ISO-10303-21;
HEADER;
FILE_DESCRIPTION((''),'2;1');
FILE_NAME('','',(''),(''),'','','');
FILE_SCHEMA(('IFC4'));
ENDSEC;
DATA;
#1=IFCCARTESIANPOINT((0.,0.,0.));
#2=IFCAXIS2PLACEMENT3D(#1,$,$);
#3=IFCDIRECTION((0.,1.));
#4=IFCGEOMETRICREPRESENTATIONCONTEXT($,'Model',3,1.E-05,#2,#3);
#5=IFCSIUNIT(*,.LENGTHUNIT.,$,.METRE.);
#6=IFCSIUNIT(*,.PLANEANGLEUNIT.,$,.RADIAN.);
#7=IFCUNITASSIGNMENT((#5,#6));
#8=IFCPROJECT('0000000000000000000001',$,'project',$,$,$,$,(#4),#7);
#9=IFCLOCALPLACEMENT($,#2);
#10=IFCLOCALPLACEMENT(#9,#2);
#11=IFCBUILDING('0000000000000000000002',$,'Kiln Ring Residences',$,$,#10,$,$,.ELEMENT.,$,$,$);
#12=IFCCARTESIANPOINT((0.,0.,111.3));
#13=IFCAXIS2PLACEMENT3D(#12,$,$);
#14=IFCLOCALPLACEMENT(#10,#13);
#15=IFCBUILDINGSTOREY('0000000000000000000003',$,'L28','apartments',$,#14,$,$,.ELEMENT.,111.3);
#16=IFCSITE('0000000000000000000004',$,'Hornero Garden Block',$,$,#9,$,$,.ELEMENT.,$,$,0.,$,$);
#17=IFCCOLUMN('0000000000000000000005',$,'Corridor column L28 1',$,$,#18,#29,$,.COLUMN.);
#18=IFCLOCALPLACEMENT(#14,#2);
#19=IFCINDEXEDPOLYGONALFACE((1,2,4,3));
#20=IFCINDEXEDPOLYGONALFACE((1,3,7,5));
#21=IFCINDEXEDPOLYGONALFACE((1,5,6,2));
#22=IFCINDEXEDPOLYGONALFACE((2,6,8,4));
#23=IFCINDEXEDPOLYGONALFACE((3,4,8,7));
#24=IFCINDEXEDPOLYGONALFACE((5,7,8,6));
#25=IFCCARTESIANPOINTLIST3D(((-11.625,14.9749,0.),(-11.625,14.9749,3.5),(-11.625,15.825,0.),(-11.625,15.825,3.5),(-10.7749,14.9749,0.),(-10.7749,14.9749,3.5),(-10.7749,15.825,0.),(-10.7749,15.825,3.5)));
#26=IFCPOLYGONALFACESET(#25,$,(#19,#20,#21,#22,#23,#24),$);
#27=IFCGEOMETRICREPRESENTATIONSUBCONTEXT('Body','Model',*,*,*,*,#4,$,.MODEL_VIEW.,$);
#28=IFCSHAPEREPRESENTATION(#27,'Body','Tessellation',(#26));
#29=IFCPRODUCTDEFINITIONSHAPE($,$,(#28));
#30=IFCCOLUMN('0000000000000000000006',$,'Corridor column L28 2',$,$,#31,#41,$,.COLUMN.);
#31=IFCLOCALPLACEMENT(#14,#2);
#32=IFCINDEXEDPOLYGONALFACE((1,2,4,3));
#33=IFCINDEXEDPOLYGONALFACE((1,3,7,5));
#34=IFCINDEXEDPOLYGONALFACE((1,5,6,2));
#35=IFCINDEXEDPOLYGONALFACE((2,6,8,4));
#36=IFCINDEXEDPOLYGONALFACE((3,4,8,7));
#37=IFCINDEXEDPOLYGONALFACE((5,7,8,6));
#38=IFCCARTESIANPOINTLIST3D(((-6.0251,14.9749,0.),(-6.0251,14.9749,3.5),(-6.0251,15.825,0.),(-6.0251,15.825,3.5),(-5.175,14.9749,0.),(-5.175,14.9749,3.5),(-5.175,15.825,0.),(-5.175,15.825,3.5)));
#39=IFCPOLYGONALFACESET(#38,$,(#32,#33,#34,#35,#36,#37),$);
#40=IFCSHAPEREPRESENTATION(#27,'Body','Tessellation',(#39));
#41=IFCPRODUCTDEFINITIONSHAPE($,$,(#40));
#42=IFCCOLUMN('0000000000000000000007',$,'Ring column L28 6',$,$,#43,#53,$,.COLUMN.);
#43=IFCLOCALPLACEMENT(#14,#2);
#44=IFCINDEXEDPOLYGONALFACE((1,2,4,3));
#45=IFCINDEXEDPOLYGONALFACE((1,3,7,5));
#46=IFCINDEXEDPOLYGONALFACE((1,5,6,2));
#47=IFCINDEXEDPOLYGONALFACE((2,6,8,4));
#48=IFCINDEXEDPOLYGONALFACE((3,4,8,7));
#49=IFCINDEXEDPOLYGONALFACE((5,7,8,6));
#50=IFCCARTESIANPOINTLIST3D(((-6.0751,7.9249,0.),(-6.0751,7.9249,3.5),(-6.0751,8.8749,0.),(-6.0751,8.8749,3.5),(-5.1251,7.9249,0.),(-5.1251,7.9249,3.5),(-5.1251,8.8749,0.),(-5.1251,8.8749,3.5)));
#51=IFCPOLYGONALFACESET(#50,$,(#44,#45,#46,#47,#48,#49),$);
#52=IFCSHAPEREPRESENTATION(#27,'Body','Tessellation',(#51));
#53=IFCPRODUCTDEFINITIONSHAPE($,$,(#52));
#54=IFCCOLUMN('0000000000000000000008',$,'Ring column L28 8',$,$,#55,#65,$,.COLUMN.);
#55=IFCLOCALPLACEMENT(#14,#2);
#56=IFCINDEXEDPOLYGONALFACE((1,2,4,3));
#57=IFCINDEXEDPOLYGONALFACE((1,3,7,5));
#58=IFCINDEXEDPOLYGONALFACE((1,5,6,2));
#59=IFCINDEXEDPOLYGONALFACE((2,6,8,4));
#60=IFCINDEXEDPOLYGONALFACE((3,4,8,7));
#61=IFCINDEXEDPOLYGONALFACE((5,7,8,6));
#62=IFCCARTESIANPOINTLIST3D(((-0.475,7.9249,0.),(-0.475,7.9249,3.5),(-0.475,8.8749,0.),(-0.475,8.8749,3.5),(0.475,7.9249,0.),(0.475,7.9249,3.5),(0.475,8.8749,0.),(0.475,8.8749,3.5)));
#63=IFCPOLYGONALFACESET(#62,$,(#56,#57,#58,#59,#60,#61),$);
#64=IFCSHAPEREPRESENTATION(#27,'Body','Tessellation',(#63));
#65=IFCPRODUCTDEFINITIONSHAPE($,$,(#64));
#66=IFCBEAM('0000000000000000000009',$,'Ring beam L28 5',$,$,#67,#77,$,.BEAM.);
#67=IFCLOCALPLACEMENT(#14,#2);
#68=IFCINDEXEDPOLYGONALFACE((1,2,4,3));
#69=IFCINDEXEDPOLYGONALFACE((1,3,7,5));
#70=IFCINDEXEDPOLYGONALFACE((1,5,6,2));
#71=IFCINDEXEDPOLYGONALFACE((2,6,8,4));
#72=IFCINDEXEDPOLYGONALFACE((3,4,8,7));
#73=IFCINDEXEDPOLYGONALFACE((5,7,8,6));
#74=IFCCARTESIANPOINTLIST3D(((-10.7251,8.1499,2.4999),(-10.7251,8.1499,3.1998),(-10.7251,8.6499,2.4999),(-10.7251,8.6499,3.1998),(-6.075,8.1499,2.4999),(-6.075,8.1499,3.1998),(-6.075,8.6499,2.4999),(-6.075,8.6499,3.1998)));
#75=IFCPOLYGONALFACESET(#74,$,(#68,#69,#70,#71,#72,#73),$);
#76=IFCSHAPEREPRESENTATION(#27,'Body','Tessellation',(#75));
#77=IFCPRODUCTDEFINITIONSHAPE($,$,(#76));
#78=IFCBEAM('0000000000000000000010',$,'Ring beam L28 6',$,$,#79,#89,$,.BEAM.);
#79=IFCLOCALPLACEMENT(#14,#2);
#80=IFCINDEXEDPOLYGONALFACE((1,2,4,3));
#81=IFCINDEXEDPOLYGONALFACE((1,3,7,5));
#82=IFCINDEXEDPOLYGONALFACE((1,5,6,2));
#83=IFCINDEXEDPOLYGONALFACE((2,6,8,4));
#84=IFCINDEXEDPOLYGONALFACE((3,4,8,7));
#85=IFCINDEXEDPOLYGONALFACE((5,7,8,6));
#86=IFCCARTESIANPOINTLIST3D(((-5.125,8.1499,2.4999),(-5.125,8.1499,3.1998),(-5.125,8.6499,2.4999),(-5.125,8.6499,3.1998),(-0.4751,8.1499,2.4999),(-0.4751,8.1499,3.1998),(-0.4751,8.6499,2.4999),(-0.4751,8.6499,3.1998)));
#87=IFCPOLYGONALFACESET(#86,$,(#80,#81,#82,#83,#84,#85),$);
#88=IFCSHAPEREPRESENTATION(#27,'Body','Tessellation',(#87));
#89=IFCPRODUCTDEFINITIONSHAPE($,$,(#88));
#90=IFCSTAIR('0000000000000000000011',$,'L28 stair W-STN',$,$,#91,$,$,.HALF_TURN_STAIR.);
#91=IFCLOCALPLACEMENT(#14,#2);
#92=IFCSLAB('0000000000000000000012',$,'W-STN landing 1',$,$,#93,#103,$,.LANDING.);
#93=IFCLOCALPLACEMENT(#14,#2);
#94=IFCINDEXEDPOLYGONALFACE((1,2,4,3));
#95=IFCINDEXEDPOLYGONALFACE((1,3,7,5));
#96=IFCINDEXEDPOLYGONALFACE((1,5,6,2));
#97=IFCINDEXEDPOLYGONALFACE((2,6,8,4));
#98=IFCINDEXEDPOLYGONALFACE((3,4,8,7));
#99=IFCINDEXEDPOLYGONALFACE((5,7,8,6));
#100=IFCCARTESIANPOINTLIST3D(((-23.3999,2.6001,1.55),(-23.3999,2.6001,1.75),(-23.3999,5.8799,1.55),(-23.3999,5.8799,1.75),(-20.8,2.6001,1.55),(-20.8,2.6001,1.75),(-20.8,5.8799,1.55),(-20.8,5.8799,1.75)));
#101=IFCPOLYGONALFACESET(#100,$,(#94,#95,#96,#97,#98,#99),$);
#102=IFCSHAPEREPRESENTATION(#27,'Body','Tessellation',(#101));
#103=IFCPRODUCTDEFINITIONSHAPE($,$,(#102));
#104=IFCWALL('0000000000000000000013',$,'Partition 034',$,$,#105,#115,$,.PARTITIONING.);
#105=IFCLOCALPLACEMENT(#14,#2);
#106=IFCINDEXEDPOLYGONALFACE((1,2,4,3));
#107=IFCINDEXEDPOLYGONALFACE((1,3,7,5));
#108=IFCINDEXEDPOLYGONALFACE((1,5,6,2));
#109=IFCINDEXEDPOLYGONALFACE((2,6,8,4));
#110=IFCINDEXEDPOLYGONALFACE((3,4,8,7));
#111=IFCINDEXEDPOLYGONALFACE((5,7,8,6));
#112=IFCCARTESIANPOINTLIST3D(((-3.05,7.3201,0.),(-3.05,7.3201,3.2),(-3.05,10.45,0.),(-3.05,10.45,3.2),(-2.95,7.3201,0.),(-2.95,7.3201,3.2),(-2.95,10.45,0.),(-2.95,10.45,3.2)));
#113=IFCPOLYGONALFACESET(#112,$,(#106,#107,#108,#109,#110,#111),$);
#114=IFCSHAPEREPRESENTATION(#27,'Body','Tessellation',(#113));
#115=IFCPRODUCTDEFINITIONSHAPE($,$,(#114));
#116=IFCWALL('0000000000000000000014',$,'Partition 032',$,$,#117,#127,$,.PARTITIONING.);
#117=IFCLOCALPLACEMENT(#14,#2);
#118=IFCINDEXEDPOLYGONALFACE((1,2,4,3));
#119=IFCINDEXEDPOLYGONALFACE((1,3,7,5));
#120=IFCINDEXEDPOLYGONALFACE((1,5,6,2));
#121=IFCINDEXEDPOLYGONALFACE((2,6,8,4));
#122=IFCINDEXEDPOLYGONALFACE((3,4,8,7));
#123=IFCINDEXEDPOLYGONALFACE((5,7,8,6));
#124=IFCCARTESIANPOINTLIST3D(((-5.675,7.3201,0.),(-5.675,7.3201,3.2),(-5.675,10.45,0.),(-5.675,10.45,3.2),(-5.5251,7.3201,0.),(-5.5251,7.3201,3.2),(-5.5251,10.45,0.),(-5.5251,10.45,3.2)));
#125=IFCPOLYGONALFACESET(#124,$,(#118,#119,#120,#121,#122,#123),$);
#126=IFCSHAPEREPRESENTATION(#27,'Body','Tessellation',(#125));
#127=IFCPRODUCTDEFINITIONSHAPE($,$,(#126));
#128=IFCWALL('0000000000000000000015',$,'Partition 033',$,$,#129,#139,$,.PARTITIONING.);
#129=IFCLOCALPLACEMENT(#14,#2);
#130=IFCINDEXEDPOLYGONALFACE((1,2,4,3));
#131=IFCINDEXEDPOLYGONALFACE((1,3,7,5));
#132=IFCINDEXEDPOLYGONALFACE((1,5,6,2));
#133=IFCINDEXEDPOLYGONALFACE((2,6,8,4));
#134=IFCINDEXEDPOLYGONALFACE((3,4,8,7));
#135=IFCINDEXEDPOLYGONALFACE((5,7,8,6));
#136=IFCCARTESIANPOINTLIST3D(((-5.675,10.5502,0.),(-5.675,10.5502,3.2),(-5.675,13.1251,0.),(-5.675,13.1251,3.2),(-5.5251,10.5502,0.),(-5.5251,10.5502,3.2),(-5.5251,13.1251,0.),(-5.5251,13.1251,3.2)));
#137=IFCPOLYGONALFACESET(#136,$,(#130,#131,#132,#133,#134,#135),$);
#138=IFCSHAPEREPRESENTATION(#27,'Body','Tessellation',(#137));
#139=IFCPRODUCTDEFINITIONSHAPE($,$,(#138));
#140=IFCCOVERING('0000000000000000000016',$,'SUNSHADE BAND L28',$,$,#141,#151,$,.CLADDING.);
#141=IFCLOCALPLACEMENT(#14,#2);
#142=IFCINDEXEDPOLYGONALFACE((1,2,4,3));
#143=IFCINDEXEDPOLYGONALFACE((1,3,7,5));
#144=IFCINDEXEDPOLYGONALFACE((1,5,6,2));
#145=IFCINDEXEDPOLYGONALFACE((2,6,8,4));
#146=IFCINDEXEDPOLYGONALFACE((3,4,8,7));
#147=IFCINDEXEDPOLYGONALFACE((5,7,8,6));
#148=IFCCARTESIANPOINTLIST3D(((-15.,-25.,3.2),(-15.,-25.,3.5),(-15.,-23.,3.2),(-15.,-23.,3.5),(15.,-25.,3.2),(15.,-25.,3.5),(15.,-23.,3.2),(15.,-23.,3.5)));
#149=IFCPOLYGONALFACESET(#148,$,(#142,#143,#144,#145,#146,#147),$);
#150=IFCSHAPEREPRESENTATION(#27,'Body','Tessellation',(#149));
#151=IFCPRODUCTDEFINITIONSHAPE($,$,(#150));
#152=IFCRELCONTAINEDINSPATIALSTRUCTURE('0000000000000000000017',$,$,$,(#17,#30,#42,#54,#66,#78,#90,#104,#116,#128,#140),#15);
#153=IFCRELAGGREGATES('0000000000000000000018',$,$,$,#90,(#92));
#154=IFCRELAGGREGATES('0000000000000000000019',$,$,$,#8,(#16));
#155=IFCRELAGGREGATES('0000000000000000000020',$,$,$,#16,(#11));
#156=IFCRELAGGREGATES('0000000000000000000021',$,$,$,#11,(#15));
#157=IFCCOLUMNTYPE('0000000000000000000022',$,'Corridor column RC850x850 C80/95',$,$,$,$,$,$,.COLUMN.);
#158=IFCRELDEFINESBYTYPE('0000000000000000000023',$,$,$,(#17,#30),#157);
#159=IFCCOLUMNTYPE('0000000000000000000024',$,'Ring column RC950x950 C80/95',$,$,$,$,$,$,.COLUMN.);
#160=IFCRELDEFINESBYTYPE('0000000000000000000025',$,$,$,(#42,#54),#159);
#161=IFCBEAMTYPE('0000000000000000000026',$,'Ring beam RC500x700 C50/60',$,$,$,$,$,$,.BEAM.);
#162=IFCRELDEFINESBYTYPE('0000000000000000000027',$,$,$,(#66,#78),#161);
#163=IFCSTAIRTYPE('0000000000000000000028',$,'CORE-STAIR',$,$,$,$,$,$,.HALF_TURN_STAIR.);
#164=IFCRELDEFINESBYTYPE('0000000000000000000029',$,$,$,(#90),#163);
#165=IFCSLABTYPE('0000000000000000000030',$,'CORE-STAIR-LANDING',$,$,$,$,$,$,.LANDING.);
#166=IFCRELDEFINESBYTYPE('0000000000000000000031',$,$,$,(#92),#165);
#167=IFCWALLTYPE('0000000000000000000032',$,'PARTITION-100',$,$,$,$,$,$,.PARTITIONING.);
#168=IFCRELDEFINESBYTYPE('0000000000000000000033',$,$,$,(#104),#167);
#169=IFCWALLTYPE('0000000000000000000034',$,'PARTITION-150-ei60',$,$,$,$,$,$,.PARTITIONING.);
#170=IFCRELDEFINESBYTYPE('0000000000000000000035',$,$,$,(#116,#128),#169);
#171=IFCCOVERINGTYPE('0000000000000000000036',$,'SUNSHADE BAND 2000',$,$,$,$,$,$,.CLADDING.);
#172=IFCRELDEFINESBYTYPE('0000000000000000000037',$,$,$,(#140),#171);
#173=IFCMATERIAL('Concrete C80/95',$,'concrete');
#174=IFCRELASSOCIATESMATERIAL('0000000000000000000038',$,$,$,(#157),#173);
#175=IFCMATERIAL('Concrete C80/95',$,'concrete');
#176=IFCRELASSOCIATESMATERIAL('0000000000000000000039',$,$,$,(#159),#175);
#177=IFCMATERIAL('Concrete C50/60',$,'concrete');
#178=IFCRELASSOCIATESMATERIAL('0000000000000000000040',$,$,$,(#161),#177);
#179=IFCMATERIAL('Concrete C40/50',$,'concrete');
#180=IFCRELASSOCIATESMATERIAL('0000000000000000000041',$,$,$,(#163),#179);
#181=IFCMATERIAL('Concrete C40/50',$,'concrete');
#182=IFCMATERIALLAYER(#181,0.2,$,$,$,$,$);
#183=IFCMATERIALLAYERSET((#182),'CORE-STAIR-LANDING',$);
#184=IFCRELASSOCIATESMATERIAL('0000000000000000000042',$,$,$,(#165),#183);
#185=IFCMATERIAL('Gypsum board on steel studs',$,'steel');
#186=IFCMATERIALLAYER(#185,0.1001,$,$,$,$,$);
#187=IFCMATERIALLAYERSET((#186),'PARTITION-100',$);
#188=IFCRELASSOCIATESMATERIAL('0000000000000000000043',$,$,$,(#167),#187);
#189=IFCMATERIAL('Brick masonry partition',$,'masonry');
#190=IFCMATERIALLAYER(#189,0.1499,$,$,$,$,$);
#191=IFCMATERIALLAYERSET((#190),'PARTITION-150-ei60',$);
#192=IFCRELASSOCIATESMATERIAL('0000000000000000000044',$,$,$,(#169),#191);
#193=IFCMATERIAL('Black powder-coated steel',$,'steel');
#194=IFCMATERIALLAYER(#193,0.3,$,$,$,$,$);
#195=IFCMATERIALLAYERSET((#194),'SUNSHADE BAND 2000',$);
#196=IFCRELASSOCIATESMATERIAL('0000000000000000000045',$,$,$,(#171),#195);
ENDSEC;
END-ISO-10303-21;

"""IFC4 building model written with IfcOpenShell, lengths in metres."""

from ifc_helpers import new_model, si_unit, direction, frame, frame_2d, origin, origin_2d, place, context, subcontext, project, spatial, polyline, rectangle, outline, extrude, material, layer, layer_set, material_profile, profile_set, type_object, element, aggregate, save


model = new_model("IFC4")

# Units and contexts
model_context = context("Model", 3, precision=1e-05, world=origin(), true_north=direction((0.0, 1.0)))
body_context = subcontext(model_context, "Body", "Model", "MODEL_VIEW")
ifc_project = project(units=[si_unit("LENGTHUNIT", "METRE"), si_unit("PLANEANGLEUNIT", "RADIAN")], contexts=[model_context])

# Site, building, storey
site_placement = place(None, origin())
site = spatial("IfcSite", under=ifc_project, at=site_placement, Name="Hornero Garden Block", CompositionType="ELEMENT", RefElevation=0.0)
building_placement = place(site_placement, origin())
building = spatial("IfcBuilding", under=site, at=building_placement, Name="Kiln Ring Residences", CompositionType="ELEMENT")
storey_placement = place(building_placement, frame((0.0, 0.0, 111.3)))
storey = spatial("IfcBuildingStorey", under=building, at=storey_placement, Name="L28", Description="apartments", CompositionType="ELEMENT", Elevation=111.3)

# Columns
ifc_material_1 = material(Name="Concrete C80/95", Category="concrete")
ifc_material_profile_1 = material_profile(ifc_material_1, rectangle(XDim=0.8501, YDim=0.8501, at=origin_2d()), Name="RC850x850")
ifc_profile_set_1 = profile_set([ifc_material_profile_1], Name="Concrete C80/95")
column_type_1 = type_object("IfcColumnType", Name="Corridor column RC850x850 C80/95", PredefinedType="COLUMN", material=ifc_profile_set_1)
for number, where, z_axis, x_axis, name in (
    (1, (-11.2, 15.3999, 0.0), (0.0, 0.0, 1.0), (1.0, 0.0, 0.0), "Corridor column L28 1"),
    (2, (-5.6001, 15.3999, 0.0), (0.0, 0.0, 1.0), (1.0, 0.0, 0.0), "Corridor column L28 2"),
):
    element("IfcColumn", number, at=place(storey_placement, frame(where, z_axis=z_axis, x_axis=x_axis)), inside=storey, type_object=column_type_1, Name=name, PredefinedType="COLUMN", context=body_context, shape_type="SweptSolid", body=[
        extrude(rectangle(XDim=0.8501, YDim=0.8501, at=origin_2d()), origin(), (0.0, 0.0, 1.0), 3.5),
    ])
ifc_material_2 = material(Name="Concrete C80/95", Category="concrete")
ifc_material_profile_2 = material_profile(ifc_material_2, rectangle(XDim=0.95, YDim=0.95, at=origin_2d()), Name="RC950x950")
ifc_profile_set_2 = profile_set([ifc_material_profile_2], Name="Concrete C80/95")
column_type_2 = type_object("IfcColumnType", Name="Ring column RC950x950 C80/95", PredefinedType="COLUMN", material=ifc_profile_set_2)
for number, where, z_axis, x_axis, name in (
    (3, (-5.6001, 8.3999, 0.0), (0.0, 0.0, 1.0), (1.0, 0.0, 0.0), "Ring column L28 6"),
    (4, (0.0, 8.3999, 0.0), (0.0, 0.0, 1.0), (1.0, 0.0, 0.0), "Ring column L28 8"),
):
    element("IfcColumn", number, at=place(storey_placement, frame(where, z_axis=z_axis, x_axis=x_axis)), inside=storey, type_object=column_type_2, Name=name, PredefinedType="COLUMN", context=body_context, shape_type="SweptSolid", body=[
        extrude(rectangle(XDim=0.95, YDim=0.95, at=origin_2d()), origin(), (0.0, 0.0, 1.0), 3.5),
    ])

# Beams
ifc_material_3 = material(Name="Concrete C50/60", Category="concrete")
ifc_material_profile_3 = material_profile(ifc_material_3, rectangle(XDim=0.5, YDim=0.7, at=origin_2d()), Name="RC500x700")
ifc_profile_set_3 = profile_set([ifc_material_profile_3], Name="Concrete C50/60")
beam_type = type_object("IfcBeamType", Name="Ring beam RC500x700 C50/60", PredefinedType="BEAM", material=ifc_profile_set_3)
beam_1_placement = place(storey_placement, frame((-10.7251, 8.3999, 2.8499), z_axis=(1.0, 0.0, 0.0), x_axis=(0.0, 1.0, 0.0)))
element("IfcBeam", 5, at=beam_1_placement, inside=storey, type_object=beam_type, Name="Ring beam L28 5", PredefinedType="BEAM", context=body_context, shape_type="SweptSolid", body=[
    extrude(rectangle(XDim=0.5, YDim=0.7, at=origin_2d()), origin(), (0.0, 0.0, 1.0), 4.6501),
])
beam_2_placement = place(storey_placement, frame((-5.125, 8.3999, 2.8499), z_axis=(1.0, 0.0, 0.0), x_axis=(0.0, 1.0, 0.0)))
element("IfcBeam", 6, at=beam_2_placement, inside=storey, type_object=beam_type, Name="Ring beam L28 6", PredefinedType="BEAM", context=body_context, shape_type="SweptSolid", body=[
    extrude(rectangle(XDim=0.5, YDim=0.7, at=origin_2d()), origin(), (0.0, 0.0, 1.0), 4.6499),
])

# Stair, slab
ifc_material_4 = material(Name="Concrete C40/50", Category="concrete")
stair_type = type_object("IfcStairType", Name="CORE-STAIR", PredefinedType="HALF_TURN_STAIR", material=ifc_material_4)
stair_placement = place(storey_placement, origin())
stair = element("IfcStair", 7, at=stair_placement, inside=storey, type_object=stair_type, Name="L28 stair W-STN", PredefinedType="HALF_TURN_STAIR")
ifc_material_5 = material(Name="Concrete C40/50", Category="concrete")
ifc_layer_1 = layer(ifc_material_5, 0.2)
ifc_layer_set_1 = layer_set([ifc_layer_1], Name="CORE-STAIR-LANDING")
slab_type = type_object("IfcSlabType", Name="CORE-STAIR-LANDING", PredefinedType="LANDING", material=ifc_layer_set_1)
slab_placement = place(storey_placement, frame((0.0, 0.0, 1.55)))
slab = element("IfcSlab", 8, at=slab_placement, type_object=slab_type, Name="W-STN landing 1", PredefinedType="LANDING", context=body_context, shape_type="SweptSolid", body=[
    extrude(outline(polyline([(-23.3999, 5.8799), (-23.3999, 2.6001), (-20.8, 2.6001), (-20.8, 5.8799), (-23.3999, 5.8799)])), origin(), (0.0, 0.0, 1.0), 0.2),
])
aggregate(stair, [slab])

# Walls
ifc_material_6 = material(Name="Gypsum board on steel studs", Category="steel")
ifc_layer_2 = layer(ifc_material_6, 0.1001)
ifc_layer_set_2 = layer_set([ifc_layer_2], Name="PARTITION-100")
wall_type_1 = type_object("IfcWallType", Name="PARTITION-100", PredefinedType="PARTITIONING", material=ifc_layer_set_2)
wall_1_placement = place(storey_placement, frame((-3.0, 7.3201, 0.0), z_axis=(0.0, 0.0, 1.0), x_axis=(0.0, 1.0, 0.0)))
element("IfcWall", 9, at=wall_1_placement, inside=storey, type_object=wall_type_1, Name="Partition 034", PredefinedType="PARTITIONING", context=body_context, shape_type="SweptSolid", body=[
    extrude(rectangle(XDim=3.1299, YDim=0.1001, at=frame_2d((1.5649, 0.0))), origin(), (0.0, 0.0, 1.0), 3.2),
])
ifc_material_7 = material(Name="Brick masonry partition", Category="masonry")
ifc_layer_3 = layer(ifc_material_7, 0.1499)
ifc_layer_set_3 = layer_set([ifc_layer_3], Name="PARTITION-150-ei60")
wall_type_2 = type_object("IfcWallType", Name="PARTITION-150-ei60", PredefinedType="PARTITIONING", material=ifc_layer_set_3)
wall_2_placement = place(storey_placement, frame((-5.6001, 7.3201, 0.0), z_axis=(0.0, 0.0, 1.0), x_axis=(0.0, 1.0, 0.0)))
element("IfcWall", 10, at=wall_2_placement, inside=storey, type_object=wall_type_2, Name="Partition 032", PredefinedType="PARTITIONING", context=body_context, shape_type="SweptSolid", body=[
    extrude(rectangle(XDim=3.1299, YDim=0.1499, at=frame_2d((1.5649, 0.0))), origin(), (0.0, 0.0, 1.0), 3.2),
])
wall_3_placement = place(storey_placement, frame((-5.6001, 10.55, 0.0), z_axis=(0.0, 0.0, 1.0), x_axis=(0.0, 1.0, 0.0)))
element("IfcWall", 11, at=wall_3_placement, inside=storey, type_object=wall_type_2, Name="Partition 033", PredefinedType="PARTITIONING", context=body_context, shape_type="SweptSolid", body=[
    extrude(rectangle(XDim=2.575, YDim=0.1499, at=frame_2d((1.2876, 0.0))), origin(), (0.0, 0.0, 1.0), 3.2),
])

# Covering
ifc_material_8 = material(Name="Black powder-coated steel", Category="steel")
ifc_layer_4 = layer(ifc_material_8, 0.3)
ifc_layer_set_4 = layer_set([ifc_layer_4], Name="SUNSHADE BAND 2000")
covering_type = type_object("IfcCoveringType", Name="SUNSHADE BAND 2000", PredefinedType="CLADDING", material=ifc_layer_set_4)
covering_placement = place(storey_placement, frame((0.0, 0.0, 3.2)))
element("IfcCovering", 12, at=covering_placement, inside=storey, type_object=covering_type, Name="SUNSHADE BAND L28", PredefinedType="CLADDING", context=body_context, shape_type="SweptSolid", body=[
    extrude(outline(polyline([(-15.0, -25.0), (15.0, -25.0), (15.0, -23.0), (-15.0, -23.0), (-15.0, -25.0)])), origin(), (0.0, 0.0, 1.0), 0.3),
])

save(model, "model.ifc")
